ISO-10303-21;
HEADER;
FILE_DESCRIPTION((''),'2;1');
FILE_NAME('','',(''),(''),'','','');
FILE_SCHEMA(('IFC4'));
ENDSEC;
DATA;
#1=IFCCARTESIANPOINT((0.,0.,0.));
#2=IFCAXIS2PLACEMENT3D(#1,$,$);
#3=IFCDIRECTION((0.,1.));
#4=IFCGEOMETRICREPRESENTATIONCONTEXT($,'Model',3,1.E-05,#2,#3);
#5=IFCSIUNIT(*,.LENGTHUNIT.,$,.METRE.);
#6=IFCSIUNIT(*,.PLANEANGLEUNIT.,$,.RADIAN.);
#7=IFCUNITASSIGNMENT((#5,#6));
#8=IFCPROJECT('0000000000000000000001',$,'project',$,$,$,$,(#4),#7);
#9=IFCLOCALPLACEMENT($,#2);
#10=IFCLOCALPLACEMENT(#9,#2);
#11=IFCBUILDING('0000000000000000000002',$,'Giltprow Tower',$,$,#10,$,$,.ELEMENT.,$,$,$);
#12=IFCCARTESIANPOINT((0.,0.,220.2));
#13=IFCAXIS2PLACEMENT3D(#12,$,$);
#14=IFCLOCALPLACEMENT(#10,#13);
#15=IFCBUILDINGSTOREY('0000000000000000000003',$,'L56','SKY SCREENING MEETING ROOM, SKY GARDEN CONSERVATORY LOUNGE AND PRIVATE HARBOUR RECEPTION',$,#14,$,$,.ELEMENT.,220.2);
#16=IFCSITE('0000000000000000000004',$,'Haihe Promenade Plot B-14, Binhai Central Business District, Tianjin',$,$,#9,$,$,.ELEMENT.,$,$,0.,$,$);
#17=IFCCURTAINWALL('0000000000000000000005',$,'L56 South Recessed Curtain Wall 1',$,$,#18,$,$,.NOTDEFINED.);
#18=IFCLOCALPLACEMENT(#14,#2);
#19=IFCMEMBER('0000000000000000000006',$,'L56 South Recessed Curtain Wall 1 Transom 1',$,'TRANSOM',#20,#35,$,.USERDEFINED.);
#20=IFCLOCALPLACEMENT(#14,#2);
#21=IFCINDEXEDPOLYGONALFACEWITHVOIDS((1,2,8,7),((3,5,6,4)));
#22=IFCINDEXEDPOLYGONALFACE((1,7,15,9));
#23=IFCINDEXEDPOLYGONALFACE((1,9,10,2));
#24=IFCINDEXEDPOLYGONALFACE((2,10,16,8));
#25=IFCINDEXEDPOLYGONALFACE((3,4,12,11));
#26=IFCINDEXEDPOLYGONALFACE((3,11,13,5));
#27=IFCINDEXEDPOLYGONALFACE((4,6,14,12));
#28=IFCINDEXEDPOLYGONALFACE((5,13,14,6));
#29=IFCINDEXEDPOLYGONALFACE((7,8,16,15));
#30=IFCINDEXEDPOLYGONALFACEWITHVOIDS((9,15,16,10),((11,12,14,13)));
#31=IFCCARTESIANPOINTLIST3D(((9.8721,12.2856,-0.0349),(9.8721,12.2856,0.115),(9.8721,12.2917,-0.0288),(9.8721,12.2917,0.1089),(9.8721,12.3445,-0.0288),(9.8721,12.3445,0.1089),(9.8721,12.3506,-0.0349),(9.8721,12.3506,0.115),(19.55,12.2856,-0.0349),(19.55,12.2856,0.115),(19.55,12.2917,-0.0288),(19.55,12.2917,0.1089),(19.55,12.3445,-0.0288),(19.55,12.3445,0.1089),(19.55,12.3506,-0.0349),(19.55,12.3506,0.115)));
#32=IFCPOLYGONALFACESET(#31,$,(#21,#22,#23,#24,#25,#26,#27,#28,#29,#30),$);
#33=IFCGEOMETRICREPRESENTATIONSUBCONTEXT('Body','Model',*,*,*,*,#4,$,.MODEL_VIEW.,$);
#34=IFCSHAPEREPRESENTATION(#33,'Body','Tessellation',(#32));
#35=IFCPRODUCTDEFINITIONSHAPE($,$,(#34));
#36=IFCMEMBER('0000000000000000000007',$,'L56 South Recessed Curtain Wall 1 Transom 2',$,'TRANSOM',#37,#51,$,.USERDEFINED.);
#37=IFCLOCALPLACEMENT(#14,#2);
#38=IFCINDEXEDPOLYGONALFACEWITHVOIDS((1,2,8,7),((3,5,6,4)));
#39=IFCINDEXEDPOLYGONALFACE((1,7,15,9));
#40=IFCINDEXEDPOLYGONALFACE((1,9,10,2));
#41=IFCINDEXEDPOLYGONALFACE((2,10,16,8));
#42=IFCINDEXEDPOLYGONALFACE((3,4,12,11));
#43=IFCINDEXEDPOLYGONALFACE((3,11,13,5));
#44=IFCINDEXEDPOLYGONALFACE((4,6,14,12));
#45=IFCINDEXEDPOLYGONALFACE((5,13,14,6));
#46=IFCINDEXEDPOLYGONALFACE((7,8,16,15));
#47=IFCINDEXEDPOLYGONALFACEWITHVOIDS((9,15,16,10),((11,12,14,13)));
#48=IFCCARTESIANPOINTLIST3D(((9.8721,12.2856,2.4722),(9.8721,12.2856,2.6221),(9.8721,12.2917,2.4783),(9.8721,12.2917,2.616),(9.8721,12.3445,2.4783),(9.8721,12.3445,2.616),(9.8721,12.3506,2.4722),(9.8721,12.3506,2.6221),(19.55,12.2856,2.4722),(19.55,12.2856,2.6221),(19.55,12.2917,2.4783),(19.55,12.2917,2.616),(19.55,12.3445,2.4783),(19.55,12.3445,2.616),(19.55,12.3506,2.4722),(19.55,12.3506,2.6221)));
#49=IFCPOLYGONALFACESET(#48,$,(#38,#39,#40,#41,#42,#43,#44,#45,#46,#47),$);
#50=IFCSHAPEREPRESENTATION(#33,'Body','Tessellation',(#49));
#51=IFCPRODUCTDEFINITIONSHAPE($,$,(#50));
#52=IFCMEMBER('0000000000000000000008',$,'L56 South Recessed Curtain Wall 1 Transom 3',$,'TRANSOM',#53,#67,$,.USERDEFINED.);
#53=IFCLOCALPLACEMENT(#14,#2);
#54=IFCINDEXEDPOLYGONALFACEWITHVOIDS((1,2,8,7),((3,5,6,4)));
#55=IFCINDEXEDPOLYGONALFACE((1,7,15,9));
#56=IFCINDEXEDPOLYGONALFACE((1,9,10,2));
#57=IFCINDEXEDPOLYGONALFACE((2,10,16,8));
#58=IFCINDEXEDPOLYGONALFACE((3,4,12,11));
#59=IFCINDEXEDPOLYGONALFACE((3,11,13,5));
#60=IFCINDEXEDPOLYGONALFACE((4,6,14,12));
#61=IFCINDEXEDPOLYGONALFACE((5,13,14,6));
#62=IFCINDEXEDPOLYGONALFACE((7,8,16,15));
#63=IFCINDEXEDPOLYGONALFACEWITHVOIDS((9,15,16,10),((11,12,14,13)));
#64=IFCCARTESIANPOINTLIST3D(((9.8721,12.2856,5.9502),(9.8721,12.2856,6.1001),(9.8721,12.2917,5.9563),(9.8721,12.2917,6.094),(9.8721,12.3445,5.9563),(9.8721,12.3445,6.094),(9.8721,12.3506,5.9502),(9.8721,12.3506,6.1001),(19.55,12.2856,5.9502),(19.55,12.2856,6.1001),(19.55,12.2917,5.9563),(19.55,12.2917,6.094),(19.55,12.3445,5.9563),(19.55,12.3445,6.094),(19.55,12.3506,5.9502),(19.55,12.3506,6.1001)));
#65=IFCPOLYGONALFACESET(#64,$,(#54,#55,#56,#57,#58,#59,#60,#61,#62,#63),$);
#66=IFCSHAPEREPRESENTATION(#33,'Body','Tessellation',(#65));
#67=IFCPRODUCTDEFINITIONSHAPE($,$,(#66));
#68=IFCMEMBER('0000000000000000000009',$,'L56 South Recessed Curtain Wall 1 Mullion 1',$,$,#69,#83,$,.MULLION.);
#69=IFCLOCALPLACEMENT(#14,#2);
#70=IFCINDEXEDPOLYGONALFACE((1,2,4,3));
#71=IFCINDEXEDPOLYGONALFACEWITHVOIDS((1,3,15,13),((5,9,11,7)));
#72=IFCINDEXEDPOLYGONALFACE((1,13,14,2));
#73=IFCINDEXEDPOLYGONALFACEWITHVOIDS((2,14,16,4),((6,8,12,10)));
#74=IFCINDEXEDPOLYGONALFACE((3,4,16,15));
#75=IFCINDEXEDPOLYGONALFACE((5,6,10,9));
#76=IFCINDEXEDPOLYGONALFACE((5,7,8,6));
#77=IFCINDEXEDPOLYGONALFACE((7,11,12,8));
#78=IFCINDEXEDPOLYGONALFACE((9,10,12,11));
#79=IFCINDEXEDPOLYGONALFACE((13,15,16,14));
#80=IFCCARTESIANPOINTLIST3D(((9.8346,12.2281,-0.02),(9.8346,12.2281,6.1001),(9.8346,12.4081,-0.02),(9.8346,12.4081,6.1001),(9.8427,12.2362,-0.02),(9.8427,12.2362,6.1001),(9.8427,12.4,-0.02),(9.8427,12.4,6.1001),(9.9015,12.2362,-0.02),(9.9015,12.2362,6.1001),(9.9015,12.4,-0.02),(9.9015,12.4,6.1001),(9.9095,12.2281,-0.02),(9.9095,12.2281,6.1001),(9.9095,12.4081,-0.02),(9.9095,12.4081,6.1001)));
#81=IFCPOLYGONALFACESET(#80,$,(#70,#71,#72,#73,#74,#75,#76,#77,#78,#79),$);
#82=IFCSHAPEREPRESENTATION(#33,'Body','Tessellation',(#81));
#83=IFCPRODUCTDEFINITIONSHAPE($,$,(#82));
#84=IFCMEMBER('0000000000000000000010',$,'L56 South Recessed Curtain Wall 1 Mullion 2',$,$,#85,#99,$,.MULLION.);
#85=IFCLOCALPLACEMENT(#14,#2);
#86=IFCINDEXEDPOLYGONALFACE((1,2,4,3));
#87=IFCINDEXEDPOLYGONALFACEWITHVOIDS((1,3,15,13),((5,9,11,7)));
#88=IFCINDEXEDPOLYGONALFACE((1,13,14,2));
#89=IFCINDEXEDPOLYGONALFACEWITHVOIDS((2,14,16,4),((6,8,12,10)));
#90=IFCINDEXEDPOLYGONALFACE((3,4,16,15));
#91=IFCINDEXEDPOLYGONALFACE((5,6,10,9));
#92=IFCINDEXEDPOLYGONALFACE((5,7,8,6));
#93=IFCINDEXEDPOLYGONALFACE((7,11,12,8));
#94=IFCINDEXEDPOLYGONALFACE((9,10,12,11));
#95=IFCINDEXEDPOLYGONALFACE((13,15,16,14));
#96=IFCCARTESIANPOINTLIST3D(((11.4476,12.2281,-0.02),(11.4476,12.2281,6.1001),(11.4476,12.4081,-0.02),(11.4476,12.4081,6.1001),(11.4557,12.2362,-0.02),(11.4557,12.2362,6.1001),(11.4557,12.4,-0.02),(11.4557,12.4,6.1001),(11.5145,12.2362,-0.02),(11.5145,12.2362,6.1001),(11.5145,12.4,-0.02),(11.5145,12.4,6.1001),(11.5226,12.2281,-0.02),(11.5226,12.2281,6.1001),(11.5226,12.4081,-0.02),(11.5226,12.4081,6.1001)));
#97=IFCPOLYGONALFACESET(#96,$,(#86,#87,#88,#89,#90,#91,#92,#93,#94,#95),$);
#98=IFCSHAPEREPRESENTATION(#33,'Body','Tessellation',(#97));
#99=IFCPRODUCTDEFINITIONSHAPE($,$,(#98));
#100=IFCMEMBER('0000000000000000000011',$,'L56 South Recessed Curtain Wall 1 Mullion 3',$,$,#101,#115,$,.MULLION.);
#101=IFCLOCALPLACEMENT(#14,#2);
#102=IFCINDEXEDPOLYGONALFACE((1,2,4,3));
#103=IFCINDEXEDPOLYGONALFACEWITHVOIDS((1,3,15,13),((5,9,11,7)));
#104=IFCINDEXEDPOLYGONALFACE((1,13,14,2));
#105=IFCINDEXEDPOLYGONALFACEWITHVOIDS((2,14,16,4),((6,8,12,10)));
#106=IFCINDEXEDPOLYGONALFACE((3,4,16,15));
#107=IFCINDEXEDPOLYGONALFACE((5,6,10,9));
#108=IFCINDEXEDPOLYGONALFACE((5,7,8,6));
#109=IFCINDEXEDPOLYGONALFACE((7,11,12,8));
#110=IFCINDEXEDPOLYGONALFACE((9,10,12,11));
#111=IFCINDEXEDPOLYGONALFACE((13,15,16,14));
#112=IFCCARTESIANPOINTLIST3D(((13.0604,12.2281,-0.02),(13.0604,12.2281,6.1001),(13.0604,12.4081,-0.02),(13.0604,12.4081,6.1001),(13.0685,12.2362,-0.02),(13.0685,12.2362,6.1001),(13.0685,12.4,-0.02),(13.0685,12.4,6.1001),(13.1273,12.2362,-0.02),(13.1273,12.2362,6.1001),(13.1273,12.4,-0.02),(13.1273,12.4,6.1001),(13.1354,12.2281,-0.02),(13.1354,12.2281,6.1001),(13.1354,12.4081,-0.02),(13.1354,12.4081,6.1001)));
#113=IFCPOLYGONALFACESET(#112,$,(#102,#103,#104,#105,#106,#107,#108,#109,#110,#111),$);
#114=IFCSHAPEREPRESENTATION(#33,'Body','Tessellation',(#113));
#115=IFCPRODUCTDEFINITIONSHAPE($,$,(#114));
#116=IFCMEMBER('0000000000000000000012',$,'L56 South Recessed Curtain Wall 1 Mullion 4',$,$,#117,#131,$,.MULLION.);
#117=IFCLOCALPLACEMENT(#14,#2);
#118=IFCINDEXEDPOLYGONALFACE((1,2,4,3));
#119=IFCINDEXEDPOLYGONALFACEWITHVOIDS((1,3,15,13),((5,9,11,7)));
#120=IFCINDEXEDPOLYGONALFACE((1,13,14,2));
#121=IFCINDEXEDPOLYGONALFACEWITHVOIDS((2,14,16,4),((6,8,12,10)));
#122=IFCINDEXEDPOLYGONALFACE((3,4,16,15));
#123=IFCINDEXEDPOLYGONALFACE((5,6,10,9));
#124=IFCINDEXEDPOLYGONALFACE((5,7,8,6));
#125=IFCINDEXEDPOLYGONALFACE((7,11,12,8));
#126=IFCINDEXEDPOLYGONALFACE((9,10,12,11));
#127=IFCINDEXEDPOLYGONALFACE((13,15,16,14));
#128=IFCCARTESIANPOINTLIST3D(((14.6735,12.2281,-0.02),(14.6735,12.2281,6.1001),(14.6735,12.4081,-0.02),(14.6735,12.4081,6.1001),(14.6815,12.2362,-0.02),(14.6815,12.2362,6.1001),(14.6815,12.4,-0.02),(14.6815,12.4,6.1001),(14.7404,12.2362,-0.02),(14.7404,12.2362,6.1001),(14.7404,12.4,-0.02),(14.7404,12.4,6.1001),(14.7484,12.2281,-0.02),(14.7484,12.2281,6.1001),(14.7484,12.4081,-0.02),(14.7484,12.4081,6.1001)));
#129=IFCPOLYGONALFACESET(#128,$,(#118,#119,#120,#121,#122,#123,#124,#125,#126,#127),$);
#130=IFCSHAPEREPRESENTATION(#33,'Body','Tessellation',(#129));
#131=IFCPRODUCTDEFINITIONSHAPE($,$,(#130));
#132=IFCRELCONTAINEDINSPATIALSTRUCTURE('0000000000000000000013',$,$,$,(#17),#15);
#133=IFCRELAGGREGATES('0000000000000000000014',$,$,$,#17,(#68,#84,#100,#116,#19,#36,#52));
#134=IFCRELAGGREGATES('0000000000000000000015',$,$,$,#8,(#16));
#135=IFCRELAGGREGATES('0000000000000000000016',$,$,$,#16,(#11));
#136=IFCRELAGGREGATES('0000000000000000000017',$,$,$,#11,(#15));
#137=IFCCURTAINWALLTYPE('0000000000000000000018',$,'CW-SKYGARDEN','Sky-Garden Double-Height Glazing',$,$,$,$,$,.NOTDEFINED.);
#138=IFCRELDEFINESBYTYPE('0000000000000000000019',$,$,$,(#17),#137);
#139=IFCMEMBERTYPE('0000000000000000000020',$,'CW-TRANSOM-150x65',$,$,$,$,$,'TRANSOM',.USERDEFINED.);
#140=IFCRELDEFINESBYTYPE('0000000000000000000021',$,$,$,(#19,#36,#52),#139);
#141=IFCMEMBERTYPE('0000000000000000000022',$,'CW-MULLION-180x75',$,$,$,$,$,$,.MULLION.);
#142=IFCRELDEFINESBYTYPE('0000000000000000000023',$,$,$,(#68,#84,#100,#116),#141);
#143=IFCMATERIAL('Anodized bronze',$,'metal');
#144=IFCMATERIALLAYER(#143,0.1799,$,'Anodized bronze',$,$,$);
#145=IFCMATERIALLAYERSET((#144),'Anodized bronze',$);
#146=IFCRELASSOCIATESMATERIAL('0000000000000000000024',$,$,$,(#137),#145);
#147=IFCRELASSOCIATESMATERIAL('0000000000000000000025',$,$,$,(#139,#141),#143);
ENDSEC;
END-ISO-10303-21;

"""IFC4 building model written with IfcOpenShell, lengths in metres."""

from ifc_helpers import new_model, si_unit, direction, frame, origin, origin_2d, place, context, subcontext, project, spatial, hollow_rectangle, extrude, source, transform, mapped, material, layer, layer_set, material_profile, profile_set, type_object, element, aggregate, save


model = new_model("IFC4")

# Units and contexts
model_context = context("Model", 3, precision=1e-05, world=origin(), true_north=direction((0.0, 1.0)))
body_context = subcontext(model_context, "Body", "Model", "MODEL_VIEW")
ifc_project = project(units=[si_unit("LENGTHUNIT", "METRE"), si_unit("PLANEANGLEUNIT", "RADIAN")], contexts=[model_context])

# Site, building, storey
site_placement = place(None, origin())
site = spatial("IfcSite", under=ifc_project, at=site_placement, Name="Haihe Promenade Plot B-14, Binhai Central Business District, Tianjin", CompositionType="ELEMENT", RefElevation=0.0)
building_placement = place(site_placement, origin())
building = spatial("IfcBuilding", under=site, at=building_placement, Name="Giltprow Tower", CompositionType="ELEMENT")
storey_placement = place(building_placement, frame((0.0, 0.0, 220.2)))
storey = spatial("IfcBuildingStorey", under=building, at=storey_placement, Name="L56", Description="SKY SCREENING MEETING ROOM, SKY GARDEN CONSERVATORY LOUNGE AND PRIVATE HARBOUR RECEPTION", CompositionType="ELEMENT", Elevation=220.2)

# Curtain wall, members
ifc_material_1 = material(Name="Anodized bronze", Category="metal")
ifc_layer_1 = layer(ifc_material_1, 0.1799, Name="Anodized bronze")
ifc_layer_set_1 = layer_set([ifc_layer_1], Name="Anodized bronze")
curtain_wall_type = type_object("IfcCurtainWallType", Name="CW-SKYGARDEN", Description="Sky-Garden Double-Height Glazing", PredefinedType="NOTDEFINED", material=ifc_layer_set_1)
curtain_wall_placement = place(storey_placement, origin())
curtain_wall = element("IfcCurtainWall", 1, at=curtain_wall_placement, inside=storey, type_object=curtain_wall_type, Name="L56 South Recessed Curtain Wall 1", PredefinedType="NOTDEFINED")
ifc_material_profile_1 = material_profile(ifc_material_1, hollow_rectangle(XDim=0.0649, YDim=0.1499, WallThickness=0.0061, at=origin_2d()), Name="RHS 150x65x6")
ifc_profile_set_1 = profile_set([ifc_material_profile_1], Name="Anodized bronze")
member_type_1 = type_object("IfcMemberType", Name="CW-TRANSOM-150x65", ElementType="TRANSOM", PredefinedType="USERDEFINED", material=ifc_profile_set_1)
shared_shape_1 = source(origin(), body_context, "Body", "SweptSolid", [
    extrude(hollow_rectangle(XDim=0.0649, YDim=0.1499, WallThickness=0.0061, at=origin_2d()), origin(), (0.0, 0.0, 1.0), 9.678),
])
member_1_placement = place(storey_placement, frame((9.8721, 12.3181, 0.04), z_axis=(1.0, 0.0, 0.0), x_axis=(0.0, 1.0, 0.0)))
member_1 = element("IfcMember", 2, at=member_1_placement, type_object=member_type_1, Name="L56 South Recessed Curtain Wall 1 Transom 1", ObjectType="TRANSOM", PredefinedType="USERDEFINED", context=body_context, shape_type="MappedRepresentation", body=[
    mapped(shared_shape_1, transform((0.0, 0.0, 0.0), x_axis=(1.0, 0.0, 0.0), y_axis=(0.0, 1.0, 0.0), z_axis=(0.0, 0.0, 1.0), scale=1.0)),
])
member_2_placement = place(storey_placement, frame((9.8721, 12.3181, 2.5471), z_axis=(1.0, 0.0, 0.0), x_axis=(0.0, 1.0, 0.0)))
member_2 = element("IfcMember", 3, at=member_2_placement, type_object=member_type_1, Name="L56 South Recessed Curtain Wall 1 Transom 2", ObjectType="TRANSOM", PredefinedType="USERDEFINED", context=body_context, shape_type="MappedRepresentation", body=[
    mapped(shared_shape_1, transform((0.0, 0.0, 0.0), x_axis=(1.0, 0.0, 0.0), y_axis=(0.0, 1.0, 0.0), z_axis=(0.0, 0.0, 1.0), scale=1.0)),
])
member_3_placement = place(storey_placement, frame((9.8721, 12.3181, 6.0251), z_axis=(1.0, 0.0, 0.0), x_axis=(0.0, 1.0, 0.0)))
member_3 = element("IfcMember", 4, at=member_3_placement, type_object=member_type_1, Name="L56 South Recessed Curtain Wall 1 Transom 3", ObjectType="TRANSOM", PredefinedType="USERDEFINED", context=body_context, shape_type="MappedRepresentation", body=[
    mapped(shared_shape_1, transform((0.0, 0.0, 0.0), x_axis=(1.0, 0.0, 0.0), y_axis=(0.0, 1.0, 0.0), z_axis=(0.0, 0.0, 1.0), scale=1.0)),
])
ifc_material_profile_2 = material_profile(ifc_material_1, hollow_rectangle(XDim=0.075, YDim=0.1799, WallThickness=0.0081, at=origin_2d()), Name="RHS 180x75x8")
ifc_profile_set_2 = profile_set([ifc_material_profile_2], Name="Anodized bronze")
member_type_2 = type_object("IfcMemberType", Name="CW-MULLION-180x75", PredefinedType="MULLION", material=ifc_profile_set_2)
shared_shape_2 = source(origin(), body_context, "Body", "SweptSolid", [
    extrude(hollow_rectangle(XDim=0.075, YDim=0.1799, WallThickness=0.0081, at=origin_2d()), origin(), (0.0, 0.0, 1.0), 6.1201),
])
member_4_placement = place(storey_placement, frame((9.8721, 12.3181, -0.02), z_axis=(0.0, 0.0, 1.0), x_axis=(1.0, 0.0, 0.0)))
member_4 = element("IfcMember", 5, at=member_4_placement, type_object=member_type_2, Name="L56 South Recessed Curtain Wall 1 Mullion 1", PredefinedType="MULLION", context=body_context, shape_type="MappedRepresentation", body=[
    mapped(shared_shape_2, transform((0.0, 0.0, 0.0), x_axis=(1.0, 0.0, 0.0), y_axis=(0.0, 1.0, 0.0), z_axis=(0.0, 0.0, 1.0), scale=1.0)),
])
member_5_placement = place(storey_placement, frame((11.4851, 12.3181, -0.02), z_axis=(0.0, 0.0, 1.0), x_axis=(1.0, 0.0, 0.0)))
member_5 = element("IfcMember", 6, at=member_5_placement, type_object=member_type_2, Name="L56 South Recessed Curtain Wall 1 Mullion 2", PredefinedType="MULLION", context=body_context, shape_type="MappedRepresentation", body=[
    mapped(shared_shape_2, transform((0.0, 0.0, 0.0), x_axis=(1.0, 0.0, 0.0), y_axis=(0.0, 1.0, 0.0), z_axis=(0.0, 0.0, 1.0), scale=1.0)),
])
member_6_placement = place(storey_placement, frame((13.0979, 12.3181, -0.02), z_axis=(0.0, 0.0, 1.0), x_axis=(1.0, 0.0, 0.0)))
member_6 = element("IfcMember", 7, at=member_6_placement, type_object=member_type_2, Name="L56 South Recessed Curtain Wall 1 Mullion 3", PredefinedType="MULLION", context=body_context, shape_type="MappedRepresentation", body=[
    mapped(shared_shape_2, transform((0.0, 0.0, 0.0), x_axis=(1.0, 0.0, 0.0), y_axis=(0.0, 1.0, 0.0), z_axis=(0.0, 0.0, 1.0), scale=1.0)),
])
member_7_placement = place(storey_placement, frame((14.7109, 12.3181, -0.02), z_axis=(0.0, 0.0, 1.0), x_axis=(1.0, 0.0, 0.0)))
member_7 = element("IfcMember", 8, at=member_7_placement, type_object=member_type_2, Name="L56 South Recessed Curtain Wall 1 Mullion 4", PredefinedType="MULLION", context=body_context, shape_type="MappedRepresentation", body=[
    mapped(shared_shape_2, transform((0.0, 0.0, 0.0), x_axis=(1.0, 0.0, 0.0), y_axis=(0.0, 1.0, 0.0), z_axis=(0.0, 0.0, 1.0), scale=1.0)),
])

aggregate(curtain_wall, [member_4, member_5, member_6, member_7, member_1, member_2, member_3])

save(model, "model.ifc")
